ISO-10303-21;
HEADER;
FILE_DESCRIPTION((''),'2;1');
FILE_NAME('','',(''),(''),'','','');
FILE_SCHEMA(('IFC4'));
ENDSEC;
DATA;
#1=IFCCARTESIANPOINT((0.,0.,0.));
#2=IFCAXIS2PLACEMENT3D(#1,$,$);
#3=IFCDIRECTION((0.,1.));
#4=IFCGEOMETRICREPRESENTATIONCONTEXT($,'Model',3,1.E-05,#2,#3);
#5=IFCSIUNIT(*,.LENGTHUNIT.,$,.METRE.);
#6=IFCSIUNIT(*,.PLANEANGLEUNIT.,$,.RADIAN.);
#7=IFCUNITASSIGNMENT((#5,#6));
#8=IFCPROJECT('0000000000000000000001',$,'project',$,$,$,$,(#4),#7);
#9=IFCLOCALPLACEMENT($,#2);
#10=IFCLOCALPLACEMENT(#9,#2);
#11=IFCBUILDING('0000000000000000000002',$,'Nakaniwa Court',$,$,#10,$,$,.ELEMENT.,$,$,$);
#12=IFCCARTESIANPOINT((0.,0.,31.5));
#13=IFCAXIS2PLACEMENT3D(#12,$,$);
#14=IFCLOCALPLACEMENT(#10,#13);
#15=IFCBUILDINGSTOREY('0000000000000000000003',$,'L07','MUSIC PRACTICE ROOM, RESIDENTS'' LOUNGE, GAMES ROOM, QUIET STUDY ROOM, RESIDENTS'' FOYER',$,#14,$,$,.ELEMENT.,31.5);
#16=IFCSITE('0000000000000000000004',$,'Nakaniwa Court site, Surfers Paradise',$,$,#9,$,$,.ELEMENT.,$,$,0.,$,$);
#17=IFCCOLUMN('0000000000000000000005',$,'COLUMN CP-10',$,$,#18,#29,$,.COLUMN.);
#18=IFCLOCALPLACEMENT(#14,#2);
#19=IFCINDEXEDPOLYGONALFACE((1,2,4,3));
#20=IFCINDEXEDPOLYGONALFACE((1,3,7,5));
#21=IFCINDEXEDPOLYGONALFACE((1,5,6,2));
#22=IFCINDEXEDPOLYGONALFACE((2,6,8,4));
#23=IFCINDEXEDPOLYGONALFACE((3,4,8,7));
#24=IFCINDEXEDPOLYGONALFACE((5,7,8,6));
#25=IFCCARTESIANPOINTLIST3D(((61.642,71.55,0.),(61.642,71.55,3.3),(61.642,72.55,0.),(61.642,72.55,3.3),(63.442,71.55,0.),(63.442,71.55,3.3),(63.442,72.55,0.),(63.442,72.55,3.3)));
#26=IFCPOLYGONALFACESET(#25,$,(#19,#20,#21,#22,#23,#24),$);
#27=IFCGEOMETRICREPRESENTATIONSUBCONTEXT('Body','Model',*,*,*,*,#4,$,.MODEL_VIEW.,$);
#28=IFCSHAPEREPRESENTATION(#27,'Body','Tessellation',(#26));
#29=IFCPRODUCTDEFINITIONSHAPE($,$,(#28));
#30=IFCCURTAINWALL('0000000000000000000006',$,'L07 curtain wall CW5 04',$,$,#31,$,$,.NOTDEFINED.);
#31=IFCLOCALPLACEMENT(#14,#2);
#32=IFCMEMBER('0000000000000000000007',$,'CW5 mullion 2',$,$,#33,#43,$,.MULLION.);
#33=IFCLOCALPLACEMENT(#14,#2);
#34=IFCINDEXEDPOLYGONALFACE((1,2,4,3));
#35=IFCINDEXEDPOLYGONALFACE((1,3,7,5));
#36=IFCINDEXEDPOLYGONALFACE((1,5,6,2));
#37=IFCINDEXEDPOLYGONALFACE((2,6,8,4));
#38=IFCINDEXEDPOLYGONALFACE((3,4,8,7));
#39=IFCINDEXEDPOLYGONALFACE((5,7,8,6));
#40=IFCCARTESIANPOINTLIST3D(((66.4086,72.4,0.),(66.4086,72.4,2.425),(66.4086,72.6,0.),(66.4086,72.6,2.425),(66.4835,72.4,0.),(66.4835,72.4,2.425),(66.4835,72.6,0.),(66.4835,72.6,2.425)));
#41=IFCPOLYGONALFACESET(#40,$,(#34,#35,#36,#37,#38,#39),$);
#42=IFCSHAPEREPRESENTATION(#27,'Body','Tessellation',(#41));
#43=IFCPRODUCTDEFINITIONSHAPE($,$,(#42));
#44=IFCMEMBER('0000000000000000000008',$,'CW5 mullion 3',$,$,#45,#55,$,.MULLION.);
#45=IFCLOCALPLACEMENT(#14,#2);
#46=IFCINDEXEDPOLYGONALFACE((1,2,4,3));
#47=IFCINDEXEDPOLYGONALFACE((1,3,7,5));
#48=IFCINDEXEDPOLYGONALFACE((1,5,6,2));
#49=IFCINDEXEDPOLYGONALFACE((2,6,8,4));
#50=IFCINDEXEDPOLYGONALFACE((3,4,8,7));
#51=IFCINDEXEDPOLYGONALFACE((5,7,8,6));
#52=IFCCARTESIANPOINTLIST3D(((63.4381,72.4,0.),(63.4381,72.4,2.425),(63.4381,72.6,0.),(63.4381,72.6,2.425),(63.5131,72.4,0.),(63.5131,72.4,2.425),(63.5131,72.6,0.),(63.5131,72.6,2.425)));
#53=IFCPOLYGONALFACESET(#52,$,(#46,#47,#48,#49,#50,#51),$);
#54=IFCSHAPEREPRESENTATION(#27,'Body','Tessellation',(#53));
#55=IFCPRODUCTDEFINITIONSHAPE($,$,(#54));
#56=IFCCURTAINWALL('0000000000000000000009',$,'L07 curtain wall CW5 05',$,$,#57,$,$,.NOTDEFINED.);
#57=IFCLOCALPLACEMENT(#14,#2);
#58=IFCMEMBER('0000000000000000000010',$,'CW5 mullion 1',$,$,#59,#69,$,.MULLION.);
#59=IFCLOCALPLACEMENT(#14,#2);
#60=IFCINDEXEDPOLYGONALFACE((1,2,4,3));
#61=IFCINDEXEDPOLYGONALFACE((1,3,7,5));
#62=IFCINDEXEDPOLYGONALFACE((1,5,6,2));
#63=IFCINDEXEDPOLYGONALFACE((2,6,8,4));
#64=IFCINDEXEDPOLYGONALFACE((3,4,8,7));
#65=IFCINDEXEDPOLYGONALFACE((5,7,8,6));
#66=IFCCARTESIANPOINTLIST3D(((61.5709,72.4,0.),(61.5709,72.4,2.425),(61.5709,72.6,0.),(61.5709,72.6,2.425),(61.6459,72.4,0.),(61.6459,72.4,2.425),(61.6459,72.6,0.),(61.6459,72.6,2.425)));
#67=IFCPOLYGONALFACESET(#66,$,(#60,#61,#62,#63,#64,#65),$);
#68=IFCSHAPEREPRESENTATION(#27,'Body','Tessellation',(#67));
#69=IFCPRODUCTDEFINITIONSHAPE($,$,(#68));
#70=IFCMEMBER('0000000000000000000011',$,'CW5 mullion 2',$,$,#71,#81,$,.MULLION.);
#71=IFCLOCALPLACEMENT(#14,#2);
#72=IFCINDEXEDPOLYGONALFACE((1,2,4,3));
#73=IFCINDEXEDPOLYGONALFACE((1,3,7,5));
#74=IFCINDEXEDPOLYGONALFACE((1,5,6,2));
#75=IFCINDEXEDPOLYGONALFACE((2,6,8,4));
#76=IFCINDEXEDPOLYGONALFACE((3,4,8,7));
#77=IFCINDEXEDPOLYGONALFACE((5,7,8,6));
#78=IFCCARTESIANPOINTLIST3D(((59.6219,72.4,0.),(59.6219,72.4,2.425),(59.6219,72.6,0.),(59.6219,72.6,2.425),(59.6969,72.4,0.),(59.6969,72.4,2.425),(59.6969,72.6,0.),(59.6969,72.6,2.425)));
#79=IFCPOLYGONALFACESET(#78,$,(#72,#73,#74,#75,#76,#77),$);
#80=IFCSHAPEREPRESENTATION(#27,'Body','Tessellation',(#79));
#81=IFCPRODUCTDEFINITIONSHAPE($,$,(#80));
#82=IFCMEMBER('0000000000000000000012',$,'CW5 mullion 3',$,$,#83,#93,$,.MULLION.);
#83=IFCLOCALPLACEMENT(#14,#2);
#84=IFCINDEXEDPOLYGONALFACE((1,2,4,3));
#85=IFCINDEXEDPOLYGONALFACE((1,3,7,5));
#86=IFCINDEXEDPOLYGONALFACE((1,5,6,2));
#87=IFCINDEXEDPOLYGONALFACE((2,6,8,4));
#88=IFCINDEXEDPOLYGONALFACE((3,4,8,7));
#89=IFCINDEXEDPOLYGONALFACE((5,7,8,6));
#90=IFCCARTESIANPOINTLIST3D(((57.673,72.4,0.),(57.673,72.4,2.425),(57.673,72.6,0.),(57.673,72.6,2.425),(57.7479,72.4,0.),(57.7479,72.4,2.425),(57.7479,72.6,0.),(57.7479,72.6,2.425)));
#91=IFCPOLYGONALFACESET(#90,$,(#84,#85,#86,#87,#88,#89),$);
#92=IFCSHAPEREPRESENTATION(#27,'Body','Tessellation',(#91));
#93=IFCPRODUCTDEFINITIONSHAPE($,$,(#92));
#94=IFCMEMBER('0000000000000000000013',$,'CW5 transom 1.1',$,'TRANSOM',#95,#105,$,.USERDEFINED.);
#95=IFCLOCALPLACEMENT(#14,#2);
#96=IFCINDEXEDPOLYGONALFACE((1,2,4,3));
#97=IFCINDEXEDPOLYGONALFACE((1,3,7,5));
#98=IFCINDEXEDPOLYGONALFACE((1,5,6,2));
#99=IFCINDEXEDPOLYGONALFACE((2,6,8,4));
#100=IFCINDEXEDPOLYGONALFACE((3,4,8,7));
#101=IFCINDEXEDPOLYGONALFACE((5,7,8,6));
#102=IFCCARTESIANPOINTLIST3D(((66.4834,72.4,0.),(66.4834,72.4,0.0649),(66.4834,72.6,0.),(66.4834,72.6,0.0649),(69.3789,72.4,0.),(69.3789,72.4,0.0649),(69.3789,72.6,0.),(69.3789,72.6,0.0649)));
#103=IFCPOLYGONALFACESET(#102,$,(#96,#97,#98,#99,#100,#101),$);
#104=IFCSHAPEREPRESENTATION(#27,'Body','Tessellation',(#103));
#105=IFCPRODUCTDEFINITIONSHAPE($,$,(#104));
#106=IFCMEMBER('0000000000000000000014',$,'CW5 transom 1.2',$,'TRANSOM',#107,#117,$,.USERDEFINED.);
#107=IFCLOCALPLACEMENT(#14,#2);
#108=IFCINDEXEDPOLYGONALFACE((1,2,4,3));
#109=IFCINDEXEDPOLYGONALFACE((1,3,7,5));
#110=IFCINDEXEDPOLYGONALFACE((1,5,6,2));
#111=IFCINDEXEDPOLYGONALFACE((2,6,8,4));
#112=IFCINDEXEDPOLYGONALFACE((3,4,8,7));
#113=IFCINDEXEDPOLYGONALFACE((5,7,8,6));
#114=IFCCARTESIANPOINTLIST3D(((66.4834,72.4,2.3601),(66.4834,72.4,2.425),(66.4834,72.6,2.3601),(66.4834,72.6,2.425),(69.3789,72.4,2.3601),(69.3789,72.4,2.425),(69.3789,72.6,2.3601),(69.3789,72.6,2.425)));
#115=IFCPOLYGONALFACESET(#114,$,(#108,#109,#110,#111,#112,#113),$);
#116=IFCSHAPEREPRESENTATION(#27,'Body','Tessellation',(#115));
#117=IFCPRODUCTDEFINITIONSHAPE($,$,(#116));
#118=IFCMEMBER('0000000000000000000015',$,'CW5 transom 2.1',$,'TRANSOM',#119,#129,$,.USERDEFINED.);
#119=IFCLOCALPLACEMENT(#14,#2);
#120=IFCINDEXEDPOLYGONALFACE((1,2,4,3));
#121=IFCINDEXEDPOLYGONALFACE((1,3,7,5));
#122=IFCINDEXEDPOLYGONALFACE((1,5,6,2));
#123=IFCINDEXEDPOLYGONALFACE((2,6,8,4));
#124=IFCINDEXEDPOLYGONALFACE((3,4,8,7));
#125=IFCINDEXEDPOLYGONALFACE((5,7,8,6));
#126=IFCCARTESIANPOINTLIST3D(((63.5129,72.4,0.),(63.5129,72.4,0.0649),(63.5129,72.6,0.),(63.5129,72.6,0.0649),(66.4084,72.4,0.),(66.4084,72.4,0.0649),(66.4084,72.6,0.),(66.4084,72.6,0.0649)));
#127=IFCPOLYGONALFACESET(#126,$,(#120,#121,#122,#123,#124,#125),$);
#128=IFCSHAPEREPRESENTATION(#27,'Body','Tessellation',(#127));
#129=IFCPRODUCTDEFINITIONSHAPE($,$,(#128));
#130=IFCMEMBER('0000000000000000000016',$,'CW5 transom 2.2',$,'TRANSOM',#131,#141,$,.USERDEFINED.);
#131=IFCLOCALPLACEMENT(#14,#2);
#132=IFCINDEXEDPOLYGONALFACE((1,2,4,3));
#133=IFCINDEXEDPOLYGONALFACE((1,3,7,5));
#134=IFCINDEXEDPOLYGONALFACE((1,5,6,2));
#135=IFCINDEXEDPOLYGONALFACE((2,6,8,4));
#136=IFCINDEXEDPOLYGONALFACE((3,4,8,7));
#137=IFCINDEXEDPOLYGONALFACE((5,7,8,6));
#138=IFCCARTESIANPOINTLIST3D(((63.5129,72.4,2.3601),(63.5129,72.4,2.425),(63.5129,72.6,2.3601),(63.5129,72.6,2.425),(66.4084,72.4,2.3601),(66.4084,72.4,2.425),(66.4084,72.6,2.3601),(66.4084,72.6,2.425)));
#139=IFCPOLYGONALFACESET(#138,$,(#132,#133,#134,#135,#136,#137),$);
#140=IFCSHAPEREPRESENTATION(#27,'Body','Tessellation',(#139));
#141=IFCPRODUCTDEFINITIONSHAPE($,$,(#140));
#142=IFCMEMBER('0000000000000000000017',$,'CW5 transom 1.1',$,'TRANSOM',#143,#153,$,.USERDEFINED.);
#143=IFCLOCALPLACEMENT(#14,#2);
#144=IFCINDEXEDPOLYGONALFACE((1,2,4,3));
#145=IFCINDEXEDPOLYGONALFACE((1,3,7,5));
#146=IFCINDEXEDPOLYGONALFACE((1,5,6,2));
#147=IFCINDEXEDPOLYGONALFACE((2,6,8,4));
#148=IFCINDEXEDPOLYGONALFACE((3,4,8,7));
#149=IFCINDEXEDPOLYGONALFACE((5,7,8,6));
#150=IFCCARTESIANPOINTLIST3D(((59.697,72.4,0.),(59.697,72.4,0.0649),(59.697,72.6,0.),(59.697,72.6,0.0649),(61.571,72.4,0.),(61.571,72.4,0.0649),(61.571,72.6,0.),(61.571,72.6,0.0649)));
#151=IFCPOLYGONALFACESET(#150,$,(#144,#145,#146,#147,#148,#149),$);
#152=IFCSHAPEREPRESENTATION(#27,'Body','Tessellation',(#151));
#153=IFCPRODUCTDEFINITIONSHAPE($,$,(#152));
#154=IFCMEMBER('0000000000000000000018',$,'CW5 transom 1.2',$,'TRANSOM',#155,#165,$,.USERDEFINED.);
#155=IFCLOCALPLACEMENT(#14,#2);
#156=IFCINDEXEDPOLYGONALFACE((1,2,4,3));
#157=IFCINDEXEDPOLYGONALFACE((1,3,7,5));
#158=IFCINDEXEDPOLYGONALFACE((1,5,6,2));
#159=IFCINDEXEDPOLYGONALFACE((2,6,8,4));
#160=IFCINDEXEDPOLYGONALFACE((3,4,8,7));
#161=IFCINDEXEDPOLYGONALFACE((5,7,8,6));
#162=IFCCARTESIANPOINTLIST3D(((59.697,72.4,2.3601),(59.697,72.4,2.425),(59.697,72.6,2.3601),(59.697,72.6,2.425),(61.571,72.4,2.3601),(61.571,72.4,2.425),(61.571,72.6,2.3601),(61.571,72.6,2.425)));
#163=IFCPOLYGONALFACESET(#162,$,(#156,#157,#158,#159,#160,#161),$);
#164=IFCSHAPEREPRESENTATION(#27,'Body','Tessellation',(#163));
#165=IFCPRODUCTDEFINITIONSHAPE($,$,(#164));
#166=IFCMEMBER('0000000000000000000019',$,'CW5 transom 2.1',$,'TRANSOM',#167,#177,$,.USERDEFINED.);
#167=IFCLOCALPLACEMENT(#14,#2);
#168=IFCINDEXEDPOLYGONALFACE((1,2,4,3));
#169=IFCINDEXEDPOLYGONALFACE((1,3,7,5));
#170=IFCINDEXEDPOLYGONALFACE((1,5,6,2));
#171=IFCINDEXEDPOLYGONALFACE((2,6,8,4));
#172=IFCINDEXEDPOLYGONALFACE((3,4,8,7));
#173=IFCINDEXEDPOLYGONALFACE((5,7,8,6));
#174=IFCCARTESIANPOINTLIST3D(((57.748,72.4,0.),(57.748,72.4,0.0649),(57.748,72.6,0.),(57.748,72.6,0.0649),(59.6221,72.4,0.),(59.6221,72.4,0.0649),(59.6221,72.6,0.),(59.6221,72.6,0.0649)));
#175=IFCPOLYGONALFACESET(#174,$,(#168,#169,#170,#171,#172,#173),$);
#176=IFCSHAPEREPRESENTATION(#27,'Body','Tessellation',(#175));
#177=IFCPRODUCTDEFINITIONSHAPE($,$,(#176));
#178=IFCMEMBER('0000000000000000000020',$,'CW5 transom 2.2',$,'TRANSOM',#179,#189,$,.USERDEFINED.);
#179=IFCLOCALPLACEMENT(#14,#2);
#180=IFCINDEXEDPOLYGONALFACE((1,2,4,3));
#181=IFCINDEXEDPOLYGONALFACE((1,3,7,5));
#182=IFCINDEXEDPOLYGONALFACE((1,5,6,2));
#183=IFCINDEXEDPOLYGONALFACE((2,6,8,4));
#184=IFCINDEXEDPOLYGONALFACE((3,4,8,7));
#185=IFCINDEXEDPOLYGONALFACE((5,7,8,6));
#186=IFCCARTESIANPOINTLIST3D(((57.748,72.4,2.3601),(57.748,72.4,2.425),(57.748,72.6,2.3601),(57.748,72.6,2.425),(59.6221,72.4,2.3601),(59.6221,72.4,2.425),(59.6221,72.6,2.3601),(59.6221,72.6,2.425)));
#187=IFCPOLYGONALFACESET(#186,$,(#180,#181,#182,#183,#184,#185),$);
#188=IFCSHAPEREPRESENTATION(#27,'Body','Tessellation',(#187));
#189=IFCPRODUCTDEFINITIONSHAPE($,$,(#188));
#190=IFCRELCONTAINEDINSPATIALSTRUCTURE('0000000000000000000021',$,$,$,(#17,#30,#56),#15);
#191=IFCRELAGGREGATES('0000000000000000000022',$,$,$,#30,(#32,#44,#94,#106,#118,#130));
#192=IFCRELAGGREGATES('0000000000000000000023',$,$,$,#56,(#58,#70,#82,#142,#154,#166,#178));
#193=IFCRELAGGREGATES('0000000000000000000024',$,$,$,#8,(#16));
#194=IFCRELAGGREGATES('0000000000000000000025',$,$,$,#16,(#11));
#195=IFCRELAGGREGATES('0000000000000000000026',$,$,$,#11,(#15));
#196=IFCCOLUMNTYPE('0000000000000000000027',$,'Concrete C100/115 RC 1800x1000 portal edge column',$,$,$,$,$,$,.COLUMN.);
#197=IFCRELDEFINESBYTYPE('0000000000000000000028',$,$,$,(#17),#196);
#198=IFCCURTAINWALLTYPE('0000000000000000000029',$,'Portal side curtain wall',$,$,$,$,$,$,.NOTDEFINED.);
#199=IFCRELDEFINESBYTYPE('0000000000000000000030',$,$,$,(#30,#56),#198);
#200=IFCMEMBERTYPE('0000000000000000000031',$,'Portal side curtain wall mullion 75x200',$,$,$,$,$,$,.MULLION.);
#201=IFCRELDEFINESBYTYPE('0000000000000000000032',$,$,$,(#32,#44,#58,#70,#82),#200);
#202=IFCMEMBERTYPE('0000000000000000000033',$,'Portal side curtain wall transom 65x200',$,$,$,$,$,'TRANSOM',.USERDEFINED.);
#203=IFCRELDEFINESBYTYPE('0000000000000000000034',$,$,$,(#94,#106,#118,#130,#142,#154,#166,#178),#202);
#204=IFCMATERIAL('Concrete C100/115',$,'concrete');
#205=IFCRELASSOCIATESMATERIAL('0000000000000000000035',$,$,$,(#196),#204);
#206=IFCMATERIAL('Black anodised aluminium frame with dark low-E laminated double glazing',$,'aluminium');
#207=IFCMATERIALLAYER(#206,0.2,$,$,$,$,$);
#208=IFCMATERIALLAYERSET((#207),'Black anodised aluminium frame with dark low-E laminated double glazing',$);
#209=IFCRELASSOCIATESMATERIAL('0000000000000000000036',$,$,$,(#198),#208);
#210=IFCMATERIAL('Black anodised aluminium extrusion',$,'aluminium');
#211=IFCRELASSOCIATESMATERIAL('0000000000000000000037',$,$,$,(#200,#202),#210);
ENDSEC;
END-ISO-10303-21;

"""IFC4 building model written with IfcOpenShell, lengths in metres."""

from ifc_helpers import new_model, si_unit, direction, frame, origin, origin_2d, place, context, subcontext, project, spatial, rectangle, extrude, material, layer, layer_set, material_profile, profile_set, type_object, element, aggregate, save


model = new_model("IFC4")

# Units and contexts
model_context = context("Model", 3, precision=1e-05, world=origin(), true_north=direction((0.0, 1.0)))
body_context = subcontext(model_context, "Body", "Model", "MODEL_VIEW")
ifc_project = project(units=[si_unit("LENGTHUNIT", "METRE"), si_unit("PLANEANGLEUNIT", "RADIAN")], contexts=[model_context])

# Site, building, storey
site_placement = place(None, origin())
site = spatial("IfcSite", under=ifc_project, at=site_placement, Name="Nakaniwa Court site, Surfers Paradise", CompositionType="ELEMENT", RefElevation=0.0)
building_placement = place(site_placement, origin())
building = spatial("IfcBuilding", under=site, at=building_placement, Name="Nakaniwa Court", CompositionType="ELEMENT")
storey_placement = place(building_placement, frame((0.0, 0.0, 31.5)))
storey = spatial("IfcBuildingStorey", under=building, at=storey_placement, Name="L07", Description="MUSIC PRACTICE ROOM, RESIDENTS' LOUNGE, GAMES ROOM, QUIET STUDY ROOM, RESIDENTS' FOYER", CompositionType="ELEMENT", Elevation=31.5)

# Column
ifc_material_1 = material(Name="Concrete C100/115", Category="concrete")
ifc_material_profile_1 = material_profile(ifc_material_1, rectangle(XDim=1.8, YDim=1.0, at=origin_2d()), Name="Concrete C100/115 RC 1800x1000 portal edge column")
ifc_profile_set_1 = profile_set([ifc_material_profile_1], Name="Concrete C100/115")
column_type = type_object("IfcColumnType", Name="Concrete C100/115 RC 1800x1000 portal edge column", PredefinedType="COLUMN", material=ifc_profile_set_1)
column_placement = place(storey_placement, frame((62.542, 72.05, 0.0), z_axis=(0.0, 0.0, 1.0), x_axis=(1.0, 0.0, 0.0)))
element("IfcColumn", 1, at=column_placement, inside=storey, type_object=column_type, Name="COLUMN CP-10", PredefinedType="COLUMN", context=body_context, shape_type="SweptSolid", body=[
    extrude(rectangle(XDim=1.8, YDim=1.0, at=origin_2d()), origin(), (0.0, 0.0, 1.0), 3.3),
])

# Curtain walls, members
ifc_material_2 = material(Name="Black anodised aluminium frame with dark low-E laminated double glazing", Category="aluminium")
ifc_layer_1 = layer(ifc_material_2, 0.2)
ifc_layer_set_1 = layer_set([ifc_layer_1], Name="Black anodised aluminium frame with dark low-E laminated double glazing")
curtain_wall_type = type_object("IfcCurtainWallType", Name="Portal side curtain wall", PredefinedType="NOTDEFINED", material=ifc_layer_set_1)
curtain_wall_1_placement = place(storey_placement, origin())
curtain_wall_1 = element("IfcCurtainWall", 2, at=curtain_wall_1_placement, inside=storey, type_object=curtain_wall_type, Name="L07 curtain wall CW5 04", PredefinedType="NOTDEFINED")
ifc_material_3 = material(Name="Black anodised aluminium extrusion", Category="aluminium")
ifc_material_profile_2 = material_profile(ifc_material_3, rectangle(XDim=0.2, YDim=0.075, at=origin_2d()), Name="Portal side curtain wall mullion 75x200")
ifc_profile_set_2 = profile_set([ifc_material_profile_2], Name="Black anodised aluminium extrusion")
member_type_1 = type_object("IfcMemberType", Name="Portal side curtain wall mullion 75x200", PredefinedType="MULLION", material=ifc_profile_set_2)
member_1_placement = place(storey_placement, frame((66.446, 72.5, 0.0), z_axis=(0.0, 0.0, 1.0), x_axis=(0.0, -1.0, 0.0)))
member_1 = element("IfcMember", 3, at=member_1_placement, type_object=member_type_1, Name="CW5 mullion 2", PredefinedType="MULLION", context=body_context, shape_type="SweptSolid", body=[
    extrude(rectangle(XDim=0.2, YDim=0.075, at=origin_2d()), origin(), (0.0, 0.0, 1.0), 2.425),
])
member_2_placement = place(storey_placement, frame((63.4756, 72.5, 0.0), z_axis=(0.0, 0.0, 1.0), x_axis=(0.0, -1.0, 0.0)))
member_2 = element("IfcMember", 4, at=member_2_placement, type_object=member_type_1, Name="CW5 mullion 3", PredefinedType="MULLION", context=body_context, shape_type="SweptSolid", body=[
    extrude(rectangle(XDim=0.2, YDim=0.075, at=origin_2d()), origin(), (0.0, 0.0, 1.0), 2.425),
])
curtain_wall_2_placement = place(storey_placement, origin())
curtain_wall_2 = element("IfcCurtainWall", 5, at=curtain_wall_2_placement, inside=storey, type_object=curtain_wall_type, Name="L07 curtain wall CW5 05", PredefinedType="NOTDEFINED")
member_3_placement = place(storey_placement, frame((61.6084, 72.5, 0.0), z_axis=(0.0, 0.0, 1.0), x_axis=(0.0, -1.0, 0.0)))
member_3 = element("IfcMember", 6, at=member_3_placement, type_object=member_type_1, Name="CW5 mullion 1", PredefinedType="MULLION", context=body_context, shape_type="SweptSolid", body=[
    extrude(rectangle(XDim=0.2, YDim=0.075, at=origin_2d()), origin(), (0.0, 0.0, 1.0), 2.425),
])
member_4_placement = place(storey_placement, frame((59.6594, 72.5, 0.0), z_axis=(0.0, 0.0, 1.0), x_axis=(0.0, -1.0, 0.0)))
member_4 = element("IfcMember", 7, at=member_4_placement, type_object=member_type_1, Name="CW5 mullion 2", PredefinedType="MULLION", context=body_context, shape_type="SweptSolid", body=[
    extrude(rectangle(XDim=0.2, YDim=0.075, at=origin_2d()), origin(), (0.0, 0.0, 1.0), 2.425),
])
member_5_placement = place(storey_placement, frame((57.7104, 72.5, 0.0), z_axis=(0.0, 0.0, 1.0), x_axis=(0.0, -1.0, 0.0)))
member_5 = element("IfcMember", 8, at=member_5_placement, type_object=member_type_1, Name="CW5 mullion 3", PredefinedType="MULLION", context=body_context, shape_type="SweptSolid", body=[
    extrude(rectangle(XDim=0.2, YDim=0.075, at=origin_2d()), origin(), (0.0, 0.0, 1.0), 2.425),
])

# Members
ifc_material_profile_3 = material_profile(ifc_material_3, rectangle(XDim=0.2, YDim=0.0649, at=origin_2d()), Name="Portal side curtain wall transom 65x200")
ifc_profile_set_3 = profile_set([ifc_material_profile_3], Name="Black anodised aluminium extrusion")
member_type_2 = type_object("IfcMemberType", Name="Portal side curtain wall transom 65x200", ElementType="TRANSOM", PredefinedType="USERDEFINED", material=ifc_profile_set_3)
member_6_placement = place(storey_placement, frame((69.3789, 72.5, 0.0325), z_axis=(-1.0, 0.0, 0.0), x_axis=(0.0, -1.0, 0.0)))
member_6 = element("IfcMember", 9, at=member_6_placement, type_object=member_type_2, Name="CW5 transom 1.1", ObjectType="TRANSOM", PredefinedType="USERDEFINED", context=body_context, shape_type="SweptSolid", body=[
    extrude(rectangle(XDim=0.2, YDim=0.0649, at=origin_2d()), origin(), (0.0, 0.0, 1.0), 2.8955),
])
member_7_placement = place(storey_placement, frame((69.3789, 72.5, 2.3926), z_axis=(-1.0, 0.0, 0.0), x_axis=(0.0, -1.0, 0.0)))
member_7 = element("IfcMember", 10, at=member_7_placement, type_object=member_type_2, Name="CW5 transom 1.2", ObjectType="TRANSOM", PredefinedType="USERDEFINED", context=body_context, shape_type="SweptSolid", body=[
    extrude(rectangle(XDim=0.2, YDim=0.0649, at=origin_2d()), origin(), (0.0, 0.0, 1.0), 2.8955),
])
member_8_placement = place(storey_placement, frame((66.4084, 72.5, 0.0325), z_axis=(-1.0, 0.0, 0.0), x_axis=(0.0, -1.0, 0.0)))
member_8 = element("IfcMember", 11, at=member_8_placement, type_object=member_type_2, Name="CW5 transom 2.1", ObjectType="TRANSOM", PredefinedType="USERDEFINED", context=body_context, shape_type="SweptSolid", body=[
    extrude(rectangle(XDim=0.2, YDim=0.0649, at=origin_2d()), origin(), (0.0, 0.0, 1.0), 2.8955),
])
member_9_placement = place(storey_placement, frame((66.4084, 72.5, 2.3926), z_axis=(-1.0, 0.0, 0.0), x_axis=(0.0, -1.0, 0.0)))
member_9 = element("IfcMember", 12, at=member_9_placement, type_object=member_type_2, Name="CW5 transom 2.2", ObjectType="TRANSOM", PredefinedType="USERDEFINED", context=body_context, shape_type="SweptSolid", body=[
    extrude(rectangle(XDim=0.2, YDim=0.0649, at=origin_2d()), origin(), (0.0, 0.0, 1.0), 2.8955),
])
member_10_placement = place(storey_placement, frame((61.571, 72.5, 0.0325), z_axis=(-1.0, 0.0, 0.0), x_axis=(0.0, -1.0, 0.0)))
member_10 = element("IfcMember", 13, at=member_10_placement, type_object=member_type_2, Name="CW5 transom 1.1", ObjectType="TRANSOM", PredefinedType="USERDEFINED", context=body_context, shape_type="SweptSolid", body=[
    extrude(rectangle(XDim=0.2, YDim=0.0649, at=origin_2d()), origin(), (0.0, 0.0, 1.0), 1.874),
])
member_11_placement = place(storey_placement, frame((61.571, 72.5, 2.3926), z_axis=(-1.0, 0.0, 0.0), x_axis=(0.0, -1.0, 0.0)))
member_11 = element("IfcMember", 14, at=member_11_placement, type_object=member_type_2, Name="CW5 transom 1.2", ObjectType="TRANSOM", PredefinedType="USERDEFINED", context=body_context, shape_type="SweptSolid", body=[
    extrude(rectangle(XDim=0.2, YDim=0.0649, at=origin_2d()), origin(), (0.0, 0.0, 1.0), 1.874),
])
member_12_placement = place(storey_placement, frame((59.6221, 72.5, 0.0325), z_axis=(-1.0, 0.0, 0.0), x_axis=(0.0, -1.0, 0.0)))
member_12 = element("IfcMember", 15, at=member_12_placement, type_object=member_type_2, Name="CW5 transom 2.1", ObjectType="TRANSOM", PredefinedType="USERDEFINED", context=body_context, shape_type="SweptSolid", body=[
    extrude(rectangle(XDim=0.2, YDim=0.0649, at=origin_2d()), origin(), (0.0, 0.0, 1.0), 1.874),
])
member_13_placement = place(storey_placement, frame((59.6221, 72.5, 2.3926), z_axis=(-1.0, 0.0, 0.0), x_axis=(0.0, -1.0, 0.0)))
member_13 = element("IfcMember", 16, at=member_13_placement, type_object=member_type_2, Name="CW5 transom 2.2", ObjectType="TRANSOM", PredefinedType="USERDEFINED", context=body_context, shape_type="SweptSolid", body=[
    extrude(rectangle(XDim=0.2, YDim=0.0649, at=origin_2d()), origin(), (0.0, 0.0, 1.0), 1.874),
])

aggregate(curtain_wall_1, [member_1, member_2, member_6, member_7, member_8, member_9])
aggregate(curtain_wall_2, [member_3, member_4, member_5, member_10, member_11, member_12, member_13])

save(model, "model.ifc")
